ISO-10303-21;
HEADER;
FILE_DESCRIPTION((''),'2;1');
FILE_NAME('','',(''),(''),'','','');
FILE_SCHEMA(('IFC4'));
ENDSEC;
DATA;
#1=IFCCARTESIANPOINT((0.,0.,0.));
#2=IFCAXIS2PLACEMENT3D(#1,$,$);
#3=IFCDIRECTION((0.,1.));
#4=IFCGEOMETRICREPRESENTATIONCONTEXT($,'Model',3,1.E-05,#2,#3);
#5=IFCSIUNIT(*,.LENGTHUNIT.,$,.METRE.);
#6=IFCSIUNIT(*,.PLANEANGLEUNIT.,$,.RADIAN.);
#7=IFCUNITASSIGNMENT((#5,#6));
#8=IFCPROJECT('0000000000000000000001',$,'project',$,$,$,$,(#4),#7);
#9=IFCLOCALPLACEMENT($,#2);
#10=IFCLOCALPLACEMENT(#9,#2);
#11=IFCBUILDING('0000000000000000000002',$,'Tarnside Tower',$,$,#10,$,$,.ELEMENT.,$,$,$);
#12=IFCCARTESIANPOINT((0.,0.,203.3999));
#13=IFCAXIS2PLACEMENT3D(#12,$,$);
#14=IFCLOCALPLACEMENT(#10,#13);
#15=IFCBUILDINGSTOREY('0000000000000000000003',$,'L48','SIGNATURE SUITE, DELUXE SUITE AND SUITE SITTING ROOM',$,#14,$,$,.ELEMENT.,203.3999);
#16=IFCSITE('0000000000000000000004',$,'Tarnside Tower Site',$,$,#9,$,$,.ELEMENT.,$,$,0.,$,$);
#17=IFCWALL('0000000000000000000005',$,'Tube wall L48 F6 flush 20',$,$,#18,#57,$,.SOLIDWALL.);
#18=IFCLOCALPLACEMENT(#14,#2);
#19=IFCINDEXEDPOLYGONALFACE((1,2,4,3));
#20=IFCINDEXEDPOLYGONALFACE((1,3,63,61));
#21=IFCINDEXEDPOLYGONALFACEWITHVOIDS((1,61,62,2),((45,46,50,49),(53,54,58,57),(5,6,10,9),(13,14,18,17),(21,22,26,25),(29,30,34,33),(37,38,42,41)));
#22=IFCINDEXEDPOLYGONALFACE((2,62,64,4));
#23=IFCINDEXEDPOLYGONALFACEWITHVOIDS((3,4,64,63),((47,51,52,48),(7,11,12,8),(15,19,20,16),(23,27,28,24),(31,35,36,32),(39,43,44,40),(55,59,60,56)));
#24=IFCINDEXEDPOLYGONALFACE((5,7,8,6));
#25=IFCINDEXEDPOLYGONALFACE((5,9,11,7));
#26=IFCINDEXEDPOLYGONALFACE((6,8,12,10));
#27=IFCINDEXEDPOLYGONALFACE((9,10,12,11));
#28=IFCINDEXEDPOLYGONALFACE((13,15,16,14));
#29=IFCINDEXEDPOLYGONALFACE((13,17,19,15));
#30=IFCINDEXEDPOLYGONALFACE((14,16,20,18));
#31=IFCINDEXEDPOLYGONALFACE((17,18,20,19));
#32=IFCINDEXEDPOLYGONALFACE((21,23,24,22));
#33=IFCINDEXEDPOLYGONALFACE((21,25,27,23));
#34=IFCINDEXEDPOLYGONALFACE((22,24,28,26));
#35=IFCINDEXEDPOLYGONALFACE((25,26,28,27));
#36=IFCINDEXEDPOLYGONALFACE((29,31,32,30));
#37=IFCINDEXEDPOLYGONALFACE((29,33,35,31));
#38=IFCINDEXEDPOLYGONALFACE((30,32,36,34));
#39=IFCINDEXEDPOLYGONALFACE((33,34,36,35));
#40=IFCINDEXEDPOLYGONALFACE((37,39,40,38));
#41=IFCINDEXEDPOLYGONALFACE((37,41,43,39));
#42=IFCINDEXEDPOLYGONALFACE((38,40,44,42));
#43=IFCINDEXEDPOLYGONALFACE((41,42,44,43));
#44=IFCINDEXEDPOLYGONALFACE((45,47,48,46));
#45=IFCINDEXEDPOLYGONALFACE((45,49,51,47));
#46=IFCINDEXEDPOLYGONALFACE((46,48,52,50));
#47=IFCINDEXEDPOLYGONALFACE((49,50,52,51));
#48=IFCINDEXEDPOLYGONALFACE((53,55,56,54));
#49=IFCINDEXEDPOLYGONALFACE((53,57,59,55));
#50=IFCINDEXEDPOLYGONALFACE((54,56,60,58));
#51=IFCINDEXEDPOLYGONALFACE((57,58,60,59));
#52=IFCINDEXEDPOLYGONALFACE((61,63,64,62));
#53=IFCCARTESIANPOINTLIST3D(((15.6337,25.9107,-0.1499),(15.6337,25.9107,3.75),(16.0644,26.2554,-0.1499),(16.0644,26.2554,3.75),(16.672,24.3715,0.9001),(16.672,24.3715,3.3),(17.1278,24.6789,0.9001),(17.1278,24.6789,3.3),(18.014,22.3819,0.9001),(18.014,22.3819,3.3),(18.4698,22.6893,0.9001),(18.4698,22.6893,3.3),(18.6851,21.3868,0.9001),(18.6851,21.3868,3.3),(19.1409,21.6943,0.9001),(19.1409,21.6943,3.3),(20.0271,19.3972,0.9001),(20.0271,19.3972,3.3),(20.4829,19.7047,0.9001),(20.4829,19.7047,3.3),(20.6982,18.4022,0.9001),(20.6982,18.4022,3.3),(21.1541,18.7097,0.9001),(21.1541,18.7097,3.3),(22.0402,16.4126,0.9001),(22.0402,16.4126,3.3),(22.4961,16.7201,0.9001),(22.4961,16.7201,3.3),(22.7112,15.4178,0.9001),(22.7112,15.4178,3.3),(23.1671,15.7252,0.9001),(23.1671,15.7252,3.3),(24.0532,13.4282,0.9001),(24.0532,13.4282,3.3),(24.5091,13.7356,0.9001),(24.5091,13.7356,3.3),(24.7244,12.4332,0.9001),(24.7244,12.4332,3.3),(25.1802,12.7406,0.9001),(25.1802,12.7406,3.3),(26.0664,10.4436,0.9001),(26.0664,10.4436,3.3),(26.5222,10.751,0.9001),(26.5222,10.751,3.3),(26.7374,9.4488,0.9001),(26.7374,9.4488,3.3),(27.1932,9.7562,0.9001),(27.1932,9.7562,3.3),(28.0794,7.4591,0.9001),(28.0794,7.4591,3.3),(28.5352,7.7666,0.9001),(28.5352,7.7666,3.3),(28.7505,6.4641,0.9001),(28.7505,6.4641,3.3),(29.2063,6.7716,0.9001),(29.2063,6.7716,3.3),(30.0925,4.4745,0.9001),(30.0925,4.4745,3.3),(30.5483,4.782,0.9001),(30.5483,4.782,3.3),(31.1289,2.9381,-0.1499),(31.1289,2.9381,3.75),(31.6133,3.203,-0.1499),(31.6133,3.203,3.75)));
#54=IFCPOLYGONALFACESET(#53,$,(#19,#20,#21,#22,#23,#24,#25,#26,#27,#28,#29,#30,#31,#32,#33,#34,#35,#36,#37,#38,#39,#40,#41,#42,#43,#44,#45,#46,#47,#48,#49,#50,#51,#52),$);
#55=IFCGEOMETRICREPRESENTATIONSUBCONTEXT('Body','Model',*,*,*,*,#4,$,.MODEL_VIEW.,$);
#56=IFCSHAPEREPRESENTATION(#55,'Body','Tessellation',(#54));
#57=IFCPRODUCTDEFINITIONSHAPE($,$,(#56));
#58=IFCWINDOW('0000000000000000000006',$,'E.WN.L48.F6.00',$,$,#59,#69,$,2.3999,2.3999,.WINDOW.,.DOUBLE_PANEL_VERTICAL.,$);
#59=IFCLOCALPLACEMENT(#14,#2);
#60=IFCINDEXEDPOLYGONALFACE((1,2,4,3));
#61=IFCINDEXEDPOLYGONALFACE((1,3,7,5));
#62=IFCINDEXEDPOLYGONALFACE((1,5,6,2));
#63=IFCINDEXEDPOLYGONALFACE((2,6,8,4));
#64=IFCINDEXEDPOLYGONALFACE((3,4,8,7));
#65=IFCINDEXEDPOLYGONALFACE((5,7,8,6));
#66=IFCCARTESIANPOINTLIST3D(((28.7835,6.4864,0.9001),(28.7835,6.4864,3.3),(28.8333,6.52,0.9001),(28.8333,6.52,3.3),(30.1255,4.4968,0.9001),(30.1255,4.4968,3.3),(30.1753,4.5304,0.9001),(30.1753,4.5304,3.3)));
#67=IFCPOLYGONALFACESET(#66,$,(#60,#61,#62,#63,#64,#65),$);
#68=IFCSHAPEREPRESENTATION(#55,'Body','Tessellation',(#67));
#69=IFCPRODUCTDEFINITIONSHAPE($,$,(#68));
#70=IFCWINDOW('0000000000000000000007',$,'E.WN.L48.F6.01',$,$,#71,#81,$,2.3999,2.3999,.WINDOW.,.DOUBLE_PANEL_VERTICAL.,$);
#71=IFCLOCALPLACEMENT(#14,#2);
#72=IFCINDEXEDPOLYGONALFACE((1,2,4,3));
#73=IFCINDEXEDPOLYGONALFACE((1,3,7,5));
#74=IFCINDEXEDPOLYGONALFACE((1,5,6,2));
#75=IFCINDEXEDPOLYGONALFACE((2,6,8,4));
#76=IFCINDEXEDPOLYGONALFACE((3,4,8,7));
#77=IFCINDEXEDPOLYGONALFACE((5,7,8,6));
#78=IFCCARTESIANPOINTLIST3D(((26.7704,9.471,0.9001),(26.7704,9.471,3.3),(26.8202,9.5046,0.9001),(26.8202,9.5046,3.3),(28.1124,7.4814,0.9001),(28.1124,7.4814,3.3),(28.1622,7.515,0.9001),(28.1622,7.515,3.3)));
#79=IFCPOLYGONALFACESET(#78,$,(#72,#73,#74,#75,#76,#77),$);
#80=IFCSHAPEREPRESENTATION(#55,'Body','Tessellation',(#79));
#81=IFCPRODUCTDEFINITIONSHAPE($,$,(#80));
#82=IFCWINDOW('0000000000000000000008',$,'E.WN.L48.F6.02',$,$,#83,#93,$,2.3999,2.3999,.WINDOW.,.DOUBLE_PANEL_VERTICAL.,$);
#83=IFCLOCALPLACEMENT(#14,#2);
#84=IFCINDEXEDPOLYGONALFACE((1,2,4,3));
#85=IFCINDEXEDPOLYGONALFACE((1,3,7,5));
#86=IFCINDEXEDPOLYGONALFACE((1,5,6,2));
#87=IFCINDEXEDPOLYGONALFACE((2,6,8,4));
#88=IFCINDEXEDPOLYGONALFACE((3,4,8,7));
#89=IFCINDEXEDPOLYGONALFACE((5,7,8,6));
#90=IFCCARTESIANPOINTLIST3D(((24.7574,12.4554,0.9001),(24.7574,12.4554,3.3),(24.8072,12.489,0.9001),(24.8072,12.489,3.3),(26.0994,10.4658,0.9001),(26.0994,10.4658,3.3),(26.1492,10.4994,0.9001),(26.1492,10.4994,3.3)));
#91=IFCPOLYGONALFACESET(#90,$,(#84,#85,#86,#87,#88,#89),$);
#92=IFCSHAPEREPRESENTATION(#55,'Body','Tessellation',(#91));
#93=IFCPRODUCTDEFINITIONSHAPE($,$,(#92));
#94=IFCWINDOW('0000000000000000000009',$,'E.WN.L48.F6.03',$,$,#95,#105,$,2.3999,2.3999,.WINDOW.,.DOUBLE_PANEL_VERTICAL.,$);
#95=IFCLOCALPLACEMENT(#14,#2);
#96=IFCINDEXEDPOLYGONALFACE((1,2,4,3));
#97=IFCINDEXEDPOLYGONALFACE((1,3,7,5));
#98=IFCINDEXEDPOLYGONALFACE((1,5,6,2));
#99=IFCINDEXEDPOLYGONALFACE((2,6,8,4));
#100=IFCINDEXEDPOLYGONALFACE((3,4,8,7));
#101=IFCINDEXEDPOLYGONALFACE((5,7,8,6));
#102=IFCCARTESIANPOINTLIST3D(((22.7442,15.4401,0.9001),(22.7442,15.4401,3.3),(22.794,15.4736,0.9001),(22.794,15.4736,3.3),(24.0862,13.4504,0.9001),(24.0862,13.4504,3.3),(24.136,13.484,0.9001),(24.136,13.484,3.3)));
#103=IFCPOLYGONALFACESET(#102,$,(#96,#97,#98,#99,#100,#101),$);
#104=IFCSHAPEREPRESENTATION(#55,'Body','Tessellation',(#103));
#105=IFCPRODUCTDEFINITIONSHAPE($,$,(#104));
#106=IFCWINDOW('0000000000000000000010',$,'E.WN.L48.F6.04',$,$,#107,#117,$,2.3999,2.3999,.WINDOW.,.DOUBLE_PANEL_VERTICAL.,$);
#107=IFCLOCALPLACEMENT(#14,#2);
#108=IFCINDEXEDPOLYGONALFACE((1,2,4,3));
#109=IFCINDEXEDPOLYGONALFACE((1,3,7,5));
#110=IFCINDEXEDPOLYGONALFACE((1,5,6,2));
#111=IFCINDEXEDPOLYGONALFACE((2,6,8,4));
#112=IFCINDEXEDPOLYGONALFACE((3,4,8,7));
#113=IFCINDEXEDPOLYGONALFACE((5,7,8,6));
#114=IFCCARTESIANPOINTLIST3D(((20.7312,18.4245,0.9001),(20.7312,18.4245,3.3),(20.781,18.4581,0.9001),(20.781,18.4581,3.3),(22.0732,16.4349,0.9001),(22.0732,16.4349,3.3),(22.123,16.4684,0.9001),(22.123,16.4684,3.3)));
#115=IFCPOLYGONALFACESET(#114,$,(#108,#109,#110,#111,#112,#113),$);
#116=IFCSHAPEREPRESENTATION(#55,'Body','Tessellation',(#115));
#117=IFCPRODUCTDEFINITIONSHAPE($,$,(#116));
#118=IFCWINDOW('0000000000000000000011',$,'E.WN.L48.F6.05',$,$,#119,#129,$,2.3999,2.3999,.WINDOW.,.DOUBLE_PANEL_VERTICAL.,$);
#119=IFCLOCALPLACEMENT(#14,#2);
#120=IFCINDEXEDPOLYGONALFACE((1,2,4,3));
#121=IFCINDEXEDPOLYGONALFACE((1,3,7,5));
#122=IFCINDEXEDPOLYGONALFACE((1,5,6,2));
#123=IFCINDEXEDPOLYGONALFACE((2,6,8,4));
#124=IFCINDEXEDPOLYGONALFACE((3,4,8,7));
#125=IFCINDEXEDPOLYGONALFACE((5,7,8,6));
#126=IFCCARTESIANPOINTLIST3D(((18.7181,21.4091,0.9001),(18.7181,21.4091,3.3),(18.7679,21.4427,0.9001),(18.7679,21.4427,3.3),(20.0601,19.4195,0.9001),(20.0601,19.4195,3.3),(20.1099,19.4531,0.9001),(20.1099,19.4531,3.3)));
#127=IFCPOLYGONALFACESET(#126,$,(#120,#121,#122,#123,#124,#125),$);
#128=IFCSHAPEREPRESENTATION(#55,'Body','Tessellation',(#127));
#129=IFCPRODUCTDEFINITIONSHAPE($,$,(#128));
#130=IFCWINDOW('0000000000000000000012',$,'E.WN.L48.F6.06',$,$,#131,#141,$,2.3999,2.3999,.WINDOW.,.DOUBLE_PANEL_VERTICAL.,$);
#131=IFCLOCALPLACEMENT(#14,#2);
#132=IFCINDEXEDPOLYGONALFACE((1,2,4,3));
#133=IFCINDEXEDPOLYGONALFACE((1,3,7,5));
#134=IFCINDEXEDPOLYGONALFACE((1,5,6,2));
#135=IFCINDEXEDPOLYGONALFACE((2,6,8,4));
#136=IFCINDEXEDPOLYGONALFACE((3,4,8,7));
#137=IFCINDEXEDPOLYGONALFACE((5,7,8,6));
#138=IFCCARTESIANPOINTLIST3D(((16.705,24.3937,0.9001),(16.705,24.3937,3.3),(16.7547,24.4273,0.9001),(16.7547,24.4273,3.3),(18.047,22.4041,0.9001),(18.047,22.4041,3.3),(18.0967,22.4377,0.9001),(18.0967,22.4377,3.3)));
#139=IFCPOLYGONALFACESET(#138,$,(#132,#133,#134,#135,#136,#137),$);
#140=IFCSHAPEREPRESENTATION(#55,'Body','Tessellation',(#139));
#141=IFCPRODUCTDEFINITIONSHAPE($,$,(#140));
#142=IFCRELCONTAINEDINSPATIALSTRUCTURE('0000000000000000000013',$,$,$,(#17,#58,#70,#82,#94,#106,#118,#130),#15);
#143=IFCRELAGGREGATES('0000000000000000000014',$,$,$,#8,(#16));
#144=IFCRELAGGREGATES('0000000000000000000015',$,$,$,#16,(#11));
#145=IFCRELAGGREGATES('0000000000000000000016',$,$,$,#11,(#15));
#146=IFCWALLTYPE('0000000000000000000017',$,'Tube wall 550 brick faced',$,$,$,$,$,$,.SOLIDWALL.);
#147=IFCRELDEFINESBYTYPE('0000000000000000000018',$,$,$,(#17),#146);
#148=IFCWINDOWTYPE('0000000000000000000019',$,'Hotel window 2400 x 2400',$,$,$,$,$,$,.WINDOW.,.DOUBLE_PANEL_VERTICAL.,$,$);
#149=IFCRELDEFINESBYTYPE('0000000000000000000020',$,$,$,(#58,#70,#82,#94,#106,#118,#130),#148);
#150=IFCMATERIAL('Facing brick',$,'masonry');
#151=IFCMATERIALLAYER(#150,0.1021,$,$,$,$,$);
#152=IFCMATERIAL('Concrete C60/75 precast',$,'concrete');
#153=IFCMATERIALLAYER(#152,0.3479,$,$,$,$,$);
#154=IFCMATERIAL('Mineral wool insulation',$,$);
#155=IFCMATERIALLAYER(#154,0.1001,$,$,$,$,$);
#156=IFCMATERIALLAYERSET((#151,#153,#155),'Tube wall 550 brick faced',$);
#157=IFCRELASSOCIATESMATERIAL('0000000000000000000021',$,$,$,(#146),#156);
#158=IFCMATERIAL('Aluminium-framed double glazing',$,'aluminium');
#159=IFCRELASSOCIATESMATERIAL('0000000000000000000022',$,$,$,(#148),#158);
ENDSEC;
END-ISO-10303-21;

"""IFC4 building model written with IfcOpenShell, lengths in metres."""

from ifc_helpers import new_model, si_unit, direction, frame, frame_2d, origin, place, context, subcontext, project, spatial, polyline, rectangle, outline, extrude, material, layer, layer_set, type_object, element, fill, save


model = new_model("IFC4")

# Units and contexts
model_context = context("Model", 3, precision=1e-05, world=origin(), true_north=direction((0.0, 1.0)))
body_context = subcontext(model_context, "Body", "Model", "MODEL_VIEW")
ifc_project = project(units=[si_unit("LENGTHUNIT", "METRE"), si_unit("PLANEANGLEUNIT", "RADIAN")], contexts=[model_context])

# Site, building, storey
site_placement = place(None, origin())
site = spatial("IfcSite", under=ifc_project, at=site_placement, Name="Tarnside Tower Site", CompositionType="ELEMENT", RefElevation=0.0)
building_placement = place(site_placement, origin())
building = spatial("IfcBuilding", under=site, at=building_placement, Name="Tarnside Tower", CompositionType="ELEMENT")
storey_placement = place(building_placement, frame((0.0, 0.0, 203.3999)))
storey = spatial("IfcBuildingStorey", under=building, at=storey_placement, Name="L48", Description="SIGNATURE SUITE, DELUXE SUITE AND SUITE SITTING ROOM", CompositionType="ELEMENT", Elevation=203.3999)

# Shared definitions
ifc_material_1 = material(Name="Facing brick", Category="masonry")
ifc_layer_1 = layer(ifc_material_1, 0.1021)
ifc_material_2 = material(Name="Concrete C60/75 precast", Category="concrete")
ifc_layer_2 = layer(ifc_material_2, 0.3479)
ifc_material_3 = material(Name="Mineral wool insulation")
ifc_layer_3 = layer(ifc_material_3, 0.1001)
ifc_layer_set_1 = layer_set([ifc_layer_1, ifc_layer_2, ifc_layer_3], Name="Tube wall 550 brick faced")
wall_type_1 = type_object("IfcWallType", Name="Tube wall 550 brick faced", PredefinedType="SOLIDWALL", material=ifc_layer_set_1)

# Wall, openings, windows
wall_1_placement = place(storey_placement, frame((31.3711, 3.0706, -0.1499), z_axis=(0.0, 0.0, 1.0), x_axis=(-0.55919, 0.82904, 0.0)))
wall_1 = element("IfcWall", 1, at=wall_1_placement, inside=storey, type_object=wall_type_1, Name="Tube wall L48 F6 flush 20", PredefinedType="SOLIDWALL", context=body_context, shape_type="SweptSolid", body=[
    extrude(outline(polyline([(-0.0256, -0.2749), (27.7805, -0.2749), (27.7356, 0.2749), (0.0256, 0.2749), (-0.0256, -0.2749)])), origin(), (0.0, 0.0, 1.0), 3.8999),
])
opening_1_placement = place(wall_1_placement, frame((1.8789, 0.0, 1.05)))
opening_1 = element("IfcOpeningElement", 2, at=opening_1_placement, cuts=wall_1, PredefinedType="OPENING", context=body_context, shape_type="SweptSolid", body=[
    extrude(rectangle(XDim=2.3999, YDim=2.3999, at=frame_2d((1.2, 1.2))), frame((0.0, 0.2852, 0.0), z_axis=(0.0, -1.0, 0.0), x_axis=(1.0, 0.0, 0.0)), (0.0, 0.0, 1.0), 0.5701),
])
opening_2_placement = place(wall_1_placement, frame((5.479, 0.0, 1.05)))
opening_2 = element("IfcOpeningElement", 3, at=opening_2_placement, cuts=wall_1, PredefinedType="OPENING", context=body_context, shape_type="SweptSolid", body=[
    extrude(rectangle(XDim=2.3999, YDim=2.3999, at=frame_2d((1.2, 1.2))), frame((0.0, 0.2852, 0.0), z_axis=(0.0, -1.0, 0.0), x_axis=(1.0, 0.0, 0.0)), (0.0, 0.0, 1.0), 0.5701),
])
opening_3_placement = place(wall_1_placement, frame((9.0789, 0.0, 1.05)))
opening_3 = element("IfcOpeningElement", 4, at=opening_3_placement, cuts=wall_1, PredefinedType="OPENING", context=body_context, shape_type="SweptSolid", body=[
    extrude(rectangle(XDim=2.3999, YDim=2.3999, at=frame_2d((1.2, 1.2))), frame((0.0, 0.2852, 0.0), z_axis=(0.0, -1.0, 0.0), x_axis=(1.0, 0.0, 0.0)), (0.0, 0.0, 1.0), 0.5701),
])
opening_4_placement = place(wall_1_placement, frame((12.679, 0.0, 1.05)))
opening_4 = element("IfcOpeningElement", 5, at=opening_4_placement, cuts=wall_1, PredefinedType="OPENING", context=body_context, shape_type="SweptSolid", body=[
    extrude(rectangle(XDim=2.3999, YDim=2.3999, at=frame_2d((1.2, 1.2))), frame((0.0, 0.2852, 0.0), z_axis=(0.0, -1.0, 0.0), x_axis=(1.0, 0.0, 0.0)), (0.0, 0.0, 1.0), 0.5701),
])
opening_5_placement = place(wall_1_placement, frame((16.2788, 0.0, 1.05)))
opening_5 = element("IfcOpeningElement", 6, at=opening_5_placement, cuts=wall_1, PredefinedType="OPENING", context=body_context, shape_type="SweptSolid", body=[
    extrude(rectangle(XDim=2.3999, YDim=2.3999, at=frame_2d((1.2, 1.2))), frame((0.0, 0.2852, 0.0), z_axis=(0.0, -1.0, 0.0), x_axis=(1.0, 0.0, 0.0)), (0.0, 0.0, 1.0), 0.5701),
])
opening_6_placement = place(wall_1_placement, frame((19.8789, 0.0, 1.05)))
opening_6 = element("IfcOpeningElement", 7, at=opening_6_placement, cuts=wall_1, PredefinedType="OPENING", context=body_context, shape_type="SweptSolid", body=[
    extrude(rectangle(XDim=2.3999, YDim=2.3999, at=frame_2d((1.2, 1.2))), frame((0.0, 0.2852, 0.0), z_axis=(0.0, -1.0, 0.0), x_axis=(1.0, 0.0, 0.0)), (0.0, 0.0, 1.0), 0.5701),
])
opening_7_placement = place(wall_1_placement, frame((23.479, 0.0, 1.05)))
opening_7 = element("IfcOpeningElement", 8, at=opening_7_placement, cuts=wall_1, PredefinedType="OPENING", context=body_context, shape_type="SweptSolid", body=[
    extrude(rectangle(XDim=2.3999, YDim=2.3999, at=frame_2d((1.2, 1.2))), frame((0.0, 0.2852, 0.0), z_axis=(0.0, -1.0, 0.0), x_axis=(1.0, 0.0, 0.0)), (0.0, 0.0, 1.0), 0.5701),
])
ifc_material_4 = material(Name="Aluminium-framed double glazing", Category="aluminium")
window_type = type_object("IfcWindowType", Name="Hotel window 2400 x 2400", PartitioningType="DOUBLE_PANEL_VERTICAL", PredefinedType="WINDOW", material=ifc_material_4)
window_1_placement = place(opening_1_placement, frame((0.0, 0.2051, 0.0)))
window_1 = element("IfcWindow", 9, at=window_1_placement, inside=storey, type_object=window_type, Name="E.WN.L48.F6.00", OverallHeight=2.3999, OverallWidth=2.3999, PartitioningType="DOUBLE_PANEL_VERTICAL", PredefinedType="WINDOW", context=body_context, shape_type="SweptSolid", body=[
    extrude(rectangle(XDim=2.3999, YDim=2.3999, at=frame_2d((1.2, 1.2))), frame((0.0, 0.03, 0.0), z_axis=(0.0, -1.0, 0.0), x_axis=(1.0, 0.0, 0.0)), (0.0, 0.0, 1.0), 0.0601),
])
fill(opening_1, window_1)
window_2_placement = place(opening_2_placement, frame((0.0, 0.2051, 0.0)))
window_2 = element("IfcWindow", 10, at=window_2_placement, inside=storey, type_object=window_type, Name="E.WN.L48.F6.01", OverallHeight=2.3999, OverallWidth=2.3999, PartitioningType="DOUBLE_PANEL_VERTICAL", PredefinedType="WINDOW", context=body_context, shape_type="SweptSolid", body=[
    extrude(rectangle(XDim=2.3999, YDim=2.3999, at=frame_2d((1.2, 1.2))), frame((0.0, 0.03, 0.0), z_axis=(0.0, -1.0, 0.0), x_axis=(1.0, 0.0, 0.0)), (0.0, 0.0, 1.0), 0.0601),
])
fill(opening_2, window_2)
window_3_placement = place(opening_3_placement, frame((0.0, 0.2051, 0.0)))
window_3 = element("IfcWindow", 11, at=window_3_placement, inside=storey, type_object=window_type, Name="E.WN.L48.F6.02", OverallHeight=2.3999, OverallWidth=2.3999, PartitioningType="DOUBLE_PANEL_VERTICAL", PredefinedType="WINDOW", context=body_context, shape_type="SweptSolid", body=[
    extrude(rectangle(XDim=2.3999, YDim=2.3999, at=frame_2d((1.2, 1.2))), frame((0.0, 0.03, 0.0), z_axis=(0.0, -1.0, 0.0), x_axis=(1.0, 0.0, 0.0)), (0.0, 0.0, 1.0), 0.0601),
])
fill(opening_3, window_3)
window_4_placement = place(opening_4_placement, frame((0.0, 0.2051, 0.0)))
window_4 = element("IfcWindow", 12, at=window_4_placement, inside=storey, type_object=window_type, Name="E.WN.L48.F6.03", OverallHeight=2.3999, OverallWidth=2.3999, PartitioningType="DOUBLE_PANEL_VERTICAL", PredefinedType="WINDOW", context=body_context, shape_type="SweptSolid", body=[
    extrude(rectangle(XDim=2.3999, YDim=2.3999, at=frame_2d((1.2, 1.2))), frame((0.0, 0.03, 0.0), z_axis=(0.0, -1.0, 0.0), x_axis=(1.0, 0.0, 0.0)), (0.0, 0.0, 1.0), 0.0601),
])
fill(opening_4, window_4)
window_5_placement = place(opening_5_placement, frame((0.0, 0.2051, 0.0)))
window_5 = element("IfcWindow", 13, at=window_5_placement, inside=storey, type_object=window_type, Name="E.WN.L48.F6.04", OverallHeight=2.3999, OverallWidth=2.3999, PartitioningType="DOUBLE_PANEL_VERTICAL", PredefinedType="WINDOW", context=body_context, shape_type="SweptSolid", body=[
    extrude(rectangle(XDim=2.3999, YDim=2.3999, at=frame_2d((1.2, 1.2))), frame((0.0, 0.03, 0.0), z_axis=(0.0, -1.0, 0.0), x_axis=(1.0, 0.0, 0.0)), (0.0, 0.0, 1.0), 0.0601),
])
fill(opening_5, window_5)
window_6_placement = place(opening_6_placement, frame((0.0, 0.2051, 0.0)))
window_6 = element("IfcWindow", 14, at=window_6_placement, inside=storey, type_object=window_type, Name="E.WN.L48.F6.05", OverallHeight=2.3999, OverallWidth=2.3999, PartitioningType="DOUBLE_PANEL_VERTICAL", PredefinedType="WINDOW", context=body_context, shape_type="SweptSolid", body=[
    extrude(rectangle(XDim=2.3999, YDim=2.3999, at=frame_2d((1.2, 1.2))), frame((0.0, 0.03, 0.0), z_axis=(0.0, -1.0, 0.0), x_axis=(1.0, 0.0, 0.0)), (0.0, 0.0, 1.0), 0.0601),
])
fill(opening_6, window_6)
window_7_placement = place(opening_7_placement, frame((0.0, 0.2051, 0.0)))
window_7 = element("IfcWindow", 15, at=window_7_placement, inside=storey, type_object=window_type, Name="E.WN.L48.F6.06", OverallHeight=2.3999, OverallWidth=2.3999, PartitioningType="DOUBLE_PANEL_VERTICAL", PredefinedType="WINDOW", context=body_context, shape_type="SweptSolid", body=[
    extrude(rectangle(XDim=2.3999, YDim=2.3999, at=frame_2d((1.2, 1.2))), frame((0.0, 0.03, 0.0), z_axis=(0.0, -1.0, 0.0), x_axis=(1.0, 0.0, 0.0)), (0.0, 0.0, 1.0), 0.0601),
])
fill(opening_7, window_7)

save(model, "model.ifc")
